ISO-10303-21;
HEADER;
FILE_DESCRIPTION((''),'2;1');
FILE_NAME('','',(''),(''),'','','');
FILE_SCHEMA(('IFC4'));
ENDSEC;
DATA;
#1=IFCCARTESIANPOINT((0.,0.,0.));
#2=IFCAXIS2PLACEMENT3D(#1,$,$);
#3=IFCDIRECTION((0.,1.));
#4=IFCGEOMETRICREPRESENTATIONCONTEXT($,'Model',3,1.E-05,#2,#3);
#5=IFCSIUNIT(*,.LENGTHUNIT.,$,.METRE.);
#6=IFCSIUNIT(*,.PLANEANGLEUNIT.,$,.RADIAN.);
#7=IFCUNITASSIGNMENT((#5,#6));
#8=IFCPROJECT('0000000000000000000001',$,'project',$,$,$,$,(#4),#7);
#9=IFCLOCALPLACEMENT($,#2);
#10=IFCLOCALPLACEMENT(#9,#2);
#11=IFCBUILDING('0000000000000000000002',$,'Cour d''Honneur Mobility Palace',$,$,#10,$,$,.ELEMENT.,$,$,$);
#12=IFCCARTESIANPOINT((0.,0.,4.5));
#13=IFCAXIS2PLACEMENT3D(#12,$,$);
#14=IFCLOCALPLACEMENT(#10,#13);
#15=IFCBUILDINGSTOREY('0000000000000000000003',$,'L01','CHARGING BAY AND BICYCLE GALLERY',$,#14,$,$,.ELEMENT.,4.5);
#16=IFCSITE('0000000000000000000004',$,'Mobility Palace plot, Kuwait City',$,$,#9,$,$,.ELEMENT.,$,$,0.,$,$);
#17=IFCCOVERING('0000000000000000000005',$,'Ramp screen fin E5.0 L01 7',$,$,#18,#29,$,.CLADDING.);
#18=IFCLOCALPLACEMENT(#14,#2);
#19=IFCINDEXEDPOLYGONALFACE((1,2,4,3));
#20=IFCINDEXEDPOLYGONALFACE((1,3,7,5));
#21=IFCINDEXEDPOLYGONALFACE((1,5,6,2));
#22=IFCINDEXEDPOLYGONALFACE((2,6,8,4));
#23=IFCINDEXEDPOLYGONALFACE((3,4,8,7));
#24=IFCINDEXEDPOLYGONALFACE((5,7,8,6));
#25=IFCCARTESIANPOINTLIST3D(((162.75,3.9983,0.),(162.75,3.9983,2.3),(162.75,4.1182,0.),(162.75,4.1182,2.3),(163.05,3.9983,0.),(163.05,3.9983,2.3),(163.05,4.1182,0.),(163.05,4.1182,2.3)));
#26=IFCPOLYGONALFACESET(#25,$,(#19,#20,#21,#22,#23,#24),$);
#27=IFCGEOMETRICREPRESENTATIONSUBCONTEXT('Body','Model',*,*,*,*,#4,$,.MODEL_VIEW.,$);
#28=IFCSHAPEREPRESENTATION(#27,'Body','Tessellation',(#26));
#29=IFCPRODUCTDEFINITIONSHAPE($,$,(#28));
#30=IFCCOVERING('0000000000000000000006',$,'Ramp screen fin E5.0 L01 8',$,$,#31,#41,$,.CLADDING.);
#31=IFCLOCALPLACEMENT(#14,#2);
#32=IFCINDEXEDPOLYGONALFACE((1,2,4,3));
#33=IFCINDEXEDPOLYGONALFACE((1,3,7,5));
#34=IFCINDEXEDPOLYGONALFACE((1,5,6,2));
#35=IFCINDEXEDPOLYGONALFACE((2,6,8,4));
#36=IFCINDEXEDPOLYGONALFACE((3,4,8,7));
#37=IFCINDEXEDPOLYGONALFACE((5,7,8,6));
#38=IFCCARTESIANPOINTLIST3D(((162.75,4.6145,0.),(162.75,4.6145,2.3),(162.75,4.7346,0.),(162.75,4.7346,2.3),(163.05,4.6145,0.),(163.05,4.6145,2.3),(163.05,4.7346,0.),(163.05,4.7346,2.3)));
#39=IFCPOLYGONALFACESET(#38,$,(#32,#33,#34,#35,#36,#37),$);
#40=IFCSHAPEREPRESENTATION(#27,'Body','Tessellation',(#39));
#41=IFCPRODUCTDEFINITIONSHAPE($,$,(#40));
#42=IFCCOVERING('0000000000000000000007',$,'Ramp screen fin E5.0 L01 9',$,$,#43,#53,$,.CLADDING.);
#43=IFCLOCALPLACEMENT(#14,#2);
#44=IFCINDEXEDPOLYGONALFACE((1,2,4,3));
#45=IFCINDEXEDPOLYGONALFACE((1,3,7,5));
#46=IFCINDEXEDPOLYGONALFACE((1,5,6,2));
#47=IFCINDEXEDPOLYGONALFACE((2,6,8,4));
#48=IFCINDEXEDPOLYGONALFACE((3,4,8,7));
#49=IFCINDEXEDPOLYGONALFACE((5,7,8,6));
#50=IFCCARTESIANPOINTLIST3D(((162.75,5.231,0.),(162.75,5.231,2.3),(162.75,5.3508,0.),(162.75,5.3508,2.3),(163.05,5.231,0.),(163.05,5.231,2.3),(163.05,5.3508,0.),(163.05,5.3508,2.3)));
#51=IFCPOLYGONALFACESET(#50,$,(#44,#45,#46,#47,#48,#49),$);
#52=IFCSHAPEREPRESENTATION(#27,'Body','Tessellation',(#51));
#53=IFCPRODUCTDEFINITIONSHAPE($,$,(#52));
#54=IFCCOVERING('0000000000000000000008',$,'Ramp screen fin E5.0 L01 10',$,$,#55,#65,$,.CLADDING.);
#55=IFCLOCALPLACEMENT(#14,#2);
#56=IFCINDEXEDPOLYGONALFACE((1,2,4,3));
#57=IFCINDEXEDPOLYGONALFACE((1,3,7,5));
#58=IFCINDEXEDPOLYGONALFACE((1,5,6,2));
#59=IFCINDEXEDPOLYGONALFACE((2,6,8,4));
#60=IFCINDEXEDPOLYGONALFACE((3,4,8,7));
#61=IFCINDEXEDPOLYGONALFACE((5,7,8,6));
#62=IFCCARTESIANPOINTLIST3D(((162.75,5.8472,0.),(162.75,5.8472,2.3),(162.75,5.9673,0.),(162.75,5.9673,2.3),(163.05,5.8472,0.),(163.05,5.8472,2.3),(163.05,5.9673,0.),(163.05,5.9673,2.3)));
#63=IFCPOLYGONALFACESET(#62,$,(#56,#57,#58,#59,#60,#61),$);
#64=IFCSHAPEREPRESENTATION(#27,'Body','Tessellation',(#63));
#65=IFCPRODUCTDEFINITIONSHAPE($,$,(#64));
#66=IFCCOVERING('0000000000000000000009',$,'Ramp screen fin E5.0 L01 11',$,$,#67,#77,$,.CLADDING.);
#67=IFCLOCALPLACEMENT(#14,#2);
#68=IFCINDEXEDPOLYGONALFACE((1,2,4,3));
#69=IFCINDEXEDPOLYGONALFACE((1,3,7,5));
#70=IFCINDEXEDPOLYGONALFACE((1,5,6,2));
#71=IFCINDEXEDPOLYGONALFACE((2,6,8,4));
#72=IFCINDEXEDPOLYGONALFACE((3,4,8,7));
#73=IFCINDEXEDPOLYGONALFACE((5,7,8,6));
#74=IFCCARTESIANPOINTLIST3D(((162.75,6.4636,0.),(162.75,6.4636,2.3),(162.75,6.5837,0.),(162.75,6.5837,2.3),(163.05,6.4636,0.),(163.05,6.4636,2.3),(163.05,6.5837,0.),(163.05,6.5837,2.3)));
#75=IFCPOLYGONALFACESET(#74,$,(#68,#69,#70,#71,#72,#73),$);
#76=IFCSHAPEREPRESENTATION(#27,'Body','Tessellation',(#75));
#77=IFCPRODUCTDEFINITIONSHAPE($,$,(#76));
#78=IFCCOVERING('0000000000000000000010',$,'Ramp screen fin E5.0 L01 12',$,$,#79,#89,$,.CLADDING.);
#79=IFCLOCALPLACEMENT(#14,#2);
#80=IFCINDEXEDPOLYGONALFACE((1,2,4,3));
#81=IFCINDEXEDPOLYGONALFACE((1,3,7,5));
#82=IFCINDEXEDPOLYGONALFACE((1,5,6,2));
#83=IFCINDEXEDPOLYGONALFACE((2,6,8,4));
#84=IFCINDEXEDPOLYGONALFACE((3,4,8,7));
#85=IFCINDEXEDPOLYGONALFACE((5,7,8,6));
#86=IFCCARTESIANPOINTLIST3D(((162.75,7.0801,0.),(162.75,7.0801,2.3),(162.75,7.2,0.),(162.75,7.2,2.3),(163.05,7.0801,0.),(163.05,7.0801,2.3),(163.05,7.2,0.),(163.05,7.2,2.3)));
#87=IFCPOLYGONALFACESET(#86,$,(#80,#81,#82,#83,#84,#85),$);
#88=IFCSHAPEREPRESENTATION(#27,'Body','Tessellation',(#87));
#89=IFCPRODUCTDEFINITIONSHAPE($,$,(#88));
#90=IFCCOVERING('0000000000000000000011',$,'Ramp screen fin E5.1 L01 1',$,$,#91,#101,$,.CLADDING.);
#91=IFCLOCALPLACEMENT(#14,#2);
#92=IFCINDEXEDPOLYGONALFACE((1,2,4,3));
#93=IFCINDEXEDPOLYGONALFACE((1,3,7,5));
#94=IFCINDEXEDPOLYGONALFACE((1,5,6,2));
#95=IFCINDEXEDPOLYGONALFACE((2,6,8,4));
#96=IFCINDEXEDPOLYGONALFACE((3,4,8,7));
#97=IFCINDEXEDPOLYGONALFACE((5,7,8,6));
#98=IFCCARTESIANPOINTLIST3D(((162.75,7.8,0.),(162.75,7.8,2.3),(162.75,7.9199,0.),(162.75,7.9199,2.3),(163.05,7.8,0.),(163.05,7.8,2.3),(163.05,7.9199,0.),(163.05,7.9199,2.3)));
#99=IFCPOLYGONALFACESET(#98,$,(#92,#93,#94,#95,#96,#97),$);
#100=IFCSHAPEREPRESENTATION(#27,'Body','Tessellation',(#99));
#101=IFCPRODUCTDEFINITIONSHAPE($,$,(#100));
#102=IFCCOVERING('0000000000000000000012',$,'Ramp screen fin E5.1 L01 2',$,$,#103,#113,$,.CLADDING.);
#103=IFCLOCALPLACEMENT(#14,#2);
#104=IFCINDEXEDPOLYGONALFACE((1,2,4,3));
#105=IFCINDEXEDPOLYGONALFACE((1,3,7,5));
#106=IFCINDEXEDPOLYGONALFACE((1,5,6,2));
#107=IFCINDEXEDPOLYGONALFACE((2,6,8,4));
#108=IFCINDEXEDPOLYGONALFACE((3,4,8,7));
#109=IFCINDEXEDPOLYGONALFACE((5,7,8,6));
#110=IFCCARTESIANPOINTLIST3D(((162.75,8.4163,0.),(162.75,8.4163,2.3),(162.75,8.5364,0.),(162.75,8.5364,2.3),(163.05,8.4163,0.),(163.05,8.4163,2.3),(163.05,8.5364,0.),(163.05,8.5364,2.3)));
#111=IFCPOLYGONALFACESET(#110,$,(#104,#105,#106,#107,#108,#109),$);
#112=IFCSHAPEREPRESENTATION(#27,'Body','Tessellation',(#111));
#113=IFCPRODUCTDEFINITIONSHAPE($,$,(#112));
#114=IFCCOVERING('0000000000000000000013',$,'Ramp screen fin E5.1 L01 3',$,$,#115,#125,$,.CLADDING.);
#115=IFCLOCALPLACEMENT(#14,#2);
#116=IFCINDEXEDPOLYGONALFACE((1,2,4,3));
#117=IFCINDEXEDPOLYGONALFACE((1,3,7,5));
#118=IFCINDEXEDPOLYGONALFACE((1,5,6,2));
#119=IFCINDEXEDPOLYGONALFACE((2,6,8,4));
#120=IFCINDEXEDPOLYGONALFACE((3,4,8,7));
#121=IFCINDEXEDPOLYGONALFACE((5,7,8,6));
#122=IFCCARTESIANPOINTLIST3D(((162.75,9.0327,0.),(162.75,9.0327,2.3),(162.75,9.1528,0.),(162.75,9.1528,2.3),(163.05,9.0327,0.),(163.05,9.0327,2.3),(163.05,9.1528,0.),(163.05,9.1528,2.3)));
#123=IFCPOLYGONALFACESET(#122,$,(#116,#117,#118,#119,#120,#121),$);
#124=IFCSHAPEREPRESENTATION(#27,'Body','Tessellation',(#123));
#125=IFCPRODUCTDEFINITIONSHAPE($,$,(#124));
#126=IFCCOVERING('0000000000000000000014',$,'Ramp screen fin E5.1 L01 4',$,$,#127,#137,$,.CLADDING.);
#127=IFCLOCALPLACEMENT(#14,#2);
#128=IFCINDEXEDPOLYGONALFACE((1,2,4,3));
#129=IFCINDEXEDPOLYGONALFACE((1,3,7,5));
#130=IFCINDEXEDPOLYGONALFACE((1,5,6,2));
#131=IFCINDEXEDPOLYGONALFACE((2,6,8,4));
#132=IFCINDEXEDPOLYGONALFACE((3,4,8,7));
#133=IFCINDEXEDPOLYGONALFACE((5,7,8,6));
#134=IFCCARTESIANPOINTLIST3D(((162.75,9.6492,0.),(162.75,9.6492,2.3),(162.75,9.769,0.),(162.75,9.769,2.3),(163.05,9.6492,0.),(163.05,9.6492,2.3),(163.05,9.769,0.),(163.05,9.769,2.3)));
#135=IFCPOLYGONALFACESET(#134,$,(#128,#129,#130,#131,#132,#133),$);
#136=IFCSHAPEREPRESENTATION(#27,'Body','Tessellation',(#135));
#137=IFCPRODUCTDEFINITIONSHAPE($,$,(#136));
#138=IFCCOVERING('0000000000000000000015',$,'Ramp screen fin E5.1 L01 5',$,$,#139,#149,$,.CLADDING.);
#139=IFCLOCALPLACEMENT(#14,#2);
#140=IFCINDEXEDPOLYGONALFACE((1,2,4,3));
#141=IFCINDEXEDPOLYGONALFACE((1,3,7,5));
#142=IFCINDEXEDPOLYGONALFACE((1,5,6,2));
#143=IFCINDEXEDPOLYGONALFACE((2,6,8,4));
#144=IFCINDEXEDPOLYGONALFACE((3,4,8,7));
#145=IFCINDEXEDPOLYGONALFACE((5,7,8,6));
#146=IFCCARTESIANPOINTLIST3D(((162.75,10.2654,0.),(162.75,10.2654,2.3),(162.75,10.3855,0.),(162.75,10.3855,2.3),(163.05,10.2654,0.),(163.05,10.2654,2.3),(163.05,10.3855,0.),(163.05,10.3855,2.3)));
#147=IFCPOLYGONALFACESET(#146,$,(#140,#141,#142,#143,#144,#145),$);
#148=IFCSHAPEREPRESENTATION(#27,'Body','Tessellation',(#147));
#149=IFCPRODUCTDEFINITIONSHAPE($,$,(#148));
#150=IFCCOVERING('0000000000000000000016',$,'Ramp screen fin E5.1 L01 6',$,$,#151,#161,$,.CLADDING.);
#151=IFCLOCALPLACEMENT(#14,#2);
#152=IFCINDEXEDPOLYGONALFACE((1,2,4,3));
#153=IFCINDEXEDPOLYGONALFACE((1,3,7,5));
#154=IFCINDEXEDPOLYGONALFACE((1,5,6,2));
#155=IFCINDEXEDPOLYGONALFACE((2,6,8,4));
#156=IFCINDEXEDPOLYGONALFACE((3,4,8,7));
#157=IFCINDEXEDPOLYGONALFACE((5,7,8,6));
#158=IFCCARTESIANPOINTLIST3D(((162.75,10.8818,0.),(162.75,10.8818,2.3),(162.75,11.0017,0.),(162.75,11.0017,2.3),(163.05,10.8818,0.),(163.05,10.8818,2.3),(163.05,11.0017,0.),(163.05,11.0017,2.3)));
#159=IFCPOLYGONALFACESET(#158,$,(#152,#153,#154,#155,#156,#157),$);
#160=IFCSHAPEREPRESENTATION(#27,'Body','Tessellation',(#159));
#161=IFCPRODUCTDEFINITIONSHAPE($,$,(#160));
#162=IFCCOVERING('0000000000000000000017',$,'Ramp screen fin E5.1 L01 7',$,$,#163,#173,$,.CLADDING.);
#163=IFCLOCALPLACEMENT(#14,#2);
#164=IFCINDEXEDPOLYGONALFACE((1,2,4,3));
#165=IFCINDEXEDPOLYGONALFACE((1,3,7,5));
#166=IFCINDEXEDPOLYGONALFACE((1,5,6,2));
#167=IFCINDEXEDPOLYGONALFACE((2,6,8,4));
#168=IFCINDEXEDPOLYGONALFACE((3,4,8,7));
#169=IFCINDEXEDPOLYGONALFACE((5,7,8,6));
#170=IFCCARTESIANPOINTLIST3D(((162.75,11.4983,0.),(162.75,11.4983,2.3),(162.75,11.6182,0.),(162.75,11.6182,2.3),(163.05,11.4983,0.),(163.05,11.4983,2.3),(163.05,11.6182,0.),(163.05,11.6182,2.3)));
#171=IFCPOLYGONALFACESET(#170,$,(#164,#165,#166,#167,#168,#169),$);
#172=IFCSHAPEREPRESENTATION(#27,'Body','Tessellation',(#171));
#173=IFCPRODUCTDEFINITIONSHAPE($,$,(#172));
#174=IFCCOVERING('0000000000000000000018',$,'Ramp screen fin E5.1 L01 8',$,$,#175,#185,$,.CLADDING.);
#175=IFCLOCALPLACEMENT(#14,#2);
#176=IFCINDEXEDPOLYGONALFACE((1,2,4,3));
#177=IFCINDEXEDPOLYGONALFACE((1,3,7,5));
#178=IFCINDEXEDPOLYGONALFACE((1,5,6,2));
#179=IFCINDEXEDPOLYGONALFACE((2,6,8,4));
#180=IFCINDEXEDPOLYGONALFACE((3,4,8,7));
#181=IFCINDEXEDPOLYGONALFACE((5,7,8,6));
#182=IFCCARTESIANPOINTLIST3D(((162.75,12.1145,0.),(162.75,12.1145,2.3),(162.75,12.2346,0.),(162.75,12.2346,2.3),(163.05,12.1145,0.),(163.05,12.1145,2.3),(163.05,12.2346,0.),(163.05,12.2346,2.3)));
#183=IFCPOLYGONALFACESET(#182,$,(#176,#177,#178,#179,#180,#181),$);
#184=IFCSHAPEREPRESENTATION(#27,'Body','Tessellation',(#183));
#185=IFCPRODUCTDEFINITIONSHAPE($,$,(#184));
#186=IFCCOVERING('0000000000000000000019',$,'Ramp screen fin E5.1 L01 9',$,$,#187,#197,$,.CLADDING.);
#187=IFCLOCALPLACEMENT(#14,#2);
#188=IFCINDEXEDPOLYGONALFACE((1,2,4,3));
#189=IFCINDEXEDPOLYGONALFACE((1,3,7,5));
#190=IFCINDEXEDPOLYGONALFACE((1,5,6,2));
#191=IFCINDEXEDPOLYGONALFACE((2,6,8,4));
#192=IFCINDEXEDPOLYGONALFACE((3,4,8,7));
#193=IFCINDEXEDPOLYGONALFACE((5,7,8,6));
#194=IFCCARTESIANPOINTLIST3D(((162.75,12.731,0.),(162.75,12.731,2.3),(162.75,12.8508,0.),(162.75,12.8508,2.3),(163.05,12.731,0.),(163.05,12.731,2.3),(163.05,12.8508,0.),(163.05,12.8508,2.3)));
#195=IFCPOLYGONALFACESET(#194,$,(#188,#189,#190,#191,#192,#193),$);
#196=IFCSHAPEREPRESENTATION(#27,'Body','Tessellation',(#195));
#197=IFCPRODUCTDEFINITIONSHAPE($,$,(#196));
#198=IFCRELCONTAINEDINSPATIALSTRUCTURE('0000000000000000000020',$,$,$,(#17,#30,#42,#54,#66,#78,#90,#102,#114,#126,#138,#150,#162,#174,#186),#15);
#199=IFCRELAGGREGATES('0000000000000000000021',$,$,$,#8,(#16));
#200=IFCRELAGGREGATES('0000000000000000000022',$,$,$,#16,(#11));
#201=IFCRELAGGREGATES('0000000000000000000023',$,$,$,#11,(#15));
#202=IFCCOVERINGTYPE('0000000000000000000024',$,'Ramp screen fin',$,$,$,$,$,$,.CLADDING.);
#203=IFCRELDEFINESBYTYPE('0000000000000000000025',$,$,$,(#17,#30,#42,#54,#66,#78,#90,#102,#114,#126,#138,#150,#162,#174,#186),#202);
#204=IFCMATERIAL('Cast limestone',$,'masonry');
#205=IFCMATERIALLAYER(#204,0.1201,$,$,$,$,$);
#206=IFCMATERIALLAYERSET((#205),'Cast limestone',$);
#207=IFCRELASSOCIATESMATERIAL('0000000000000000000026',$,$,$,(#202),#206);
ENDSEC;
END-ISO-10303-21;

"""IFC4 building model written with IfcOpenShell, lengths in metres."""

from ifc_helpers import new_model, si_unit, direction, frame, origin, place, context, subcontext, project, spatial, polyline, outline, extrude, material, layer, layer_set, type_object, element, save


model = new_model("IFC4")

# Units and contexts
model_context = context("Model", 3, precision=1e-05, world=origin(), true_north=direction((0.0, 1.0)))
body_context = subcontext(model_context, "Body", "Model", "MODEL_VIEW")
ifc_project = project(units=[si_unit("LENGTHUNIT", "METRE"), si_unit("PLANEANGLEUNIT", "RADIAN")], contexts=[model_context])

# Site, building, storey
site_placement = place(None, origin())
site = spatial("IfcSite", under=ifc_project, at=site_placement, Name="Mobility Palace plot, Kuwait City", CompositionType="ELEMENT", RefElevation=0.0)
building_placement = place(site_placement, origin())
building = spatial("IfcBuilding", under=site, at=building_placement, Name="Cour d'Honneur Mobility Palace", CompositionType="ELEMENT")
storey_placement = place(building_placement, frame((0.0, 0.0, 4.5)))
storey = spatial("IfcBuildingStorey", under=building, at=storey_placement, Name="L01", Description="CHARGING BAY AND BICYCLE GALLERY", CompositionType="ELEMENT", Elevation=4.5)

# Coverings
ifc_material = material(Name="Cast limestone", Category="masonry")
ifc_layer = layer(ifc_material, 0.1201)
ifc_layer_set = layer_set([ifc_layer], Name="Cast limestone")
covering_type = type_object("IfcCoveringType", Name="Ramp screen fin", PredefinedType="CLADDING", material=ifc_layer_set)
covering_1_placement = place(storey_placement, origin())
element("IfcCovering", 1, at=covering_1_placement, inside=storey, type_object=covering_type, Name="Ramp screen fin E5.0 L01 7", PredefinedType="CLADDING", context=body_context, shape_type="SweptSolid", body=[
    extrude(outline(polyline([(162.75, 3.9983), (162.75, 4.1182), (163.05, 4.1182), (163.05, 3.9983), (162.75, 3.9983)])), origin(), (0.0, 0.0, 1.0), 2.3),
])
covering_2_placement = place(storey_placement, origin())
element("IfcCovering", 2, at=covering_2_placement, inside=storey, type_object=covering_type, Name="Ramp screen fin E5.0 L01 8", PredefinedType="CLADDING", context=body_context, shape_type="SweptSolid", body=[
    extrude(outline(polyline([(162.75, 4.6145), (162.75, 4.7346), (163.05, 4.7346), (163.05, 4.6145), (162.75, 4.6145)])), origin(), (0.0, 0.0, 1.0), 2.3),
])
covering_3_placement = place(storey_placement, origin())
element("IfcCovering", 3, at=covering_3_placement, inside=storey, type_object=covering_type, Name="Ramp screen fin E5.0 L01 9", PredefinedType="CLADDING", context=body_context, shape_type="SweptSolid", body=[
    extrude(outline(polyline([(162.75, 5.231), (162.75, 5.3508), (163.05, 5.3508), (163.05, 5.231), (162.75, 5.231)])), origin(), (0.0, 0.0, 1.0), 2.3),
])
covering_4_placement = place(storey_placement, origin())
element("IfcCovering", 4, at=covering_4_placement, inside=storey, type_object=covering_type, Name="Ramp screen fin E5.0 L01 10", PredefinedType="CLADDING", context=body_context, shape_type="SweptSolid", body=[
    extrude(outline(polyline([(162.75, 5.8472), (162.75, 5.9673), (163.05, 5.9673), (163.05, 5.8472), (162.75, 5.8472)])), origin(), (0.0, 0.0, 1.0), 2.3),
])
covering_5_placement = place(storey_placement, origin())
element("IfcCovering", 5, at=covering_5_placement, inside=storey, type_object=covering_type, Name="Ramp screen fin E5.0 L01 11", PredefinedType="CLADDING", context=body_context, shape_type="SweptSolid", body=[
    extrude(outline(polyline([(162.75, 6.4636), (162.75, 6.5837), (163.05, 6.5837), (163.05, 6.4636), (162.75, 6.4636)])), origin(), (0.0, 0.0, 1.0), 2.3),
])
covering_6_placement = place(storey_placement, origin())
element("IfcCovering", 6, at=covering_6_placement, inside=storey, type_object=covering_type, Name="Ramp screen fin E5.0 L01 12", PredefinedType="CLADDING", context=body_context, shape_type="SweptSolid", body=[
    extrude(outline(polyline([(162.75, 7.0801), (162.75, 7.2), (163.05, 7.2), (163.05, 7.0801), (162.75, 7.0801)])), origin(), (0.0, 0.0, 1.0), 2.3),
])
covering_7_placement = place(storey_placement, origin())
element("IfcCovering", 7, at=covering_7_placement, inside=storey, type_object=covering_type, Name="Ramp screen fin E5.1 L01 1", PredefinedType="CLADDING", context=body_context, shape_type="SweptSolid", body=[
    extrude(outline(polyline([(162.75, 7.8), (162.75, 7.9199), (163.05, 7.9199), (163.05, 7.8), (162.75, 7.8)])), origin(), (0.0, 0.0, 1.0), 2.3),
])
covering_8_placement = place(storey_placement, origin())
element("IfcCovering", 8, at=covering_8_placement, inside=storey, type_object=covering_type, Name="Ramp screen fin E5.1 L01 2", PredefinedType="CLADDING", context=body_context, shape_type="SweptSolid", body=[
    extrude(outline(polyline([(162.75, 8.4163), (162.75, 8.5364), (163.05, 8.5364), (163.05, 8.4163), (162.75, 8.4163)])), origin(), (0.0, 0.0, 1.0), 2.3),
])
covering_9_placement = place(storey_placement, origin())
element("IfcCovering", 9, at=covering_9_placement, inside=storey, type_object=covering_type, Name="Ramp screen fin E5.1 L01 3", PredefinedType="CLADDING", context=body_context, shape_type="SweptSolid", body=[
    extrude(outline(polyline([(162.75, 9.0327), (162.75, 9.1528), (163.05, 9.1528), (163.05, 9.0327), (162.75, 9.0327)])), origin(), (0.0, 0.0, 1.0), 2.3),
])
covering_10_placement = place(storey_placement, origin())
element("IfcCovering", 10, at=covering_10_placement, inside=storey, type_object=covering_type, Name="Ramp screen fin E5.1 L01 4", PredefinedType="CLADDING", context=body_context, shape_type="SweptSolid", body=[
    extrude(outline(polyline([(162.75, 9.6492), (162.75, 9.769), (163.05, 9.769), (163.05, 9.6492), (162.75, 9.6492)])), origin(), (0.0, 0.0, 1.0), 2.3),
])
covering_11_placement = place(storey_placement, origin())
element("IfcCovering", 11, at=covering_11_placement, inside=storey, type_object=covering_type, Name="Ramp screen fin E5.1 L01 5", PredefinedType="CLADDING", context=body_context, shape_type="SweptSolid", body=[
    extrude(outline(polyline([(162.75, 10.2654), (162.75, 10.3855), (163.05, 10.3855), (163.05, 10.2654), (162.75, 10.2654)])), origin(), (0.0, 0.0, 1.0), 2.3),
])
covering_12_placement = place(storey_placement, origin())
element("IfcCovering", 12, at=covering_12_placement, inside=storey, type_object=covering_type, Name="Ramp screen fin E5.1 L01 6", PredefinedType="CLADDING", context=body_context, shape_type="SweptSolid", body=[
    extrude(outline(polyline([(162.75, 10.8818), (162.75, 11.0017), (163.05, 11.0017), (163.05, 10.8818), (162.75, 10.8818)])), origin(), (0.0, 0.0, 1.0), 2.3),
])
covering_13_placement = place(storey_placement, origin())
element("IfcCovering", 13, at=covering_13_placement, inside=storey, type_object=covering_type, Name="Ramp screen fin E5.1 L01 7", PredefinedType="CLADDING", context=body_context, shape_type="SweptSolid", body=[
    extrude(outline(polyline([(162.75, 11.4983), (162.75, 11.6182), (163.05, 11.6182), (163.05, 11.4983), (162.75, 11.4983)])), origin(), (0.0, 0.0, 1.0), 2.3),
])
covering_14_placement = place(storey_placement, origin())
element("IfcCovering", 14, at=covering_14_placement, inside=storey, type_object=covering_type, Name="Ramp screen fin E5.1 L01 8", PredefinedType="CLADDING", context=body_context, shape_type="SweptSolid", body=[
    extrude(outline(polyline([(162.75, 12.1145), (162.75, 12.2346), (163.05, 12.2346), (163.05, 12.1145), (162.75, 12.1145)])), origin(), (0.0, 0.0, 1.0), 2.3),
])
covering_15_placement = place(storey_placement, origin())
element("IfcCovering", 15, at=covering_15_placement, inside=storey, type_object=covering_type, Name="Ramp screen fin E5.1 L01 9", PredefinedType="CLADDING", context=body_context, shape_type="SweptSolid", body=[
    extrude(outline(polyline([(162.75, 12.731), (162.75, 12.8508), (163.05, 12.8508), (163.05, 12.731), (162.75, 12.731)])), origin(), (0.0, 0.0, 1.0), 2.3),
])

save(model, "model.ifc")
